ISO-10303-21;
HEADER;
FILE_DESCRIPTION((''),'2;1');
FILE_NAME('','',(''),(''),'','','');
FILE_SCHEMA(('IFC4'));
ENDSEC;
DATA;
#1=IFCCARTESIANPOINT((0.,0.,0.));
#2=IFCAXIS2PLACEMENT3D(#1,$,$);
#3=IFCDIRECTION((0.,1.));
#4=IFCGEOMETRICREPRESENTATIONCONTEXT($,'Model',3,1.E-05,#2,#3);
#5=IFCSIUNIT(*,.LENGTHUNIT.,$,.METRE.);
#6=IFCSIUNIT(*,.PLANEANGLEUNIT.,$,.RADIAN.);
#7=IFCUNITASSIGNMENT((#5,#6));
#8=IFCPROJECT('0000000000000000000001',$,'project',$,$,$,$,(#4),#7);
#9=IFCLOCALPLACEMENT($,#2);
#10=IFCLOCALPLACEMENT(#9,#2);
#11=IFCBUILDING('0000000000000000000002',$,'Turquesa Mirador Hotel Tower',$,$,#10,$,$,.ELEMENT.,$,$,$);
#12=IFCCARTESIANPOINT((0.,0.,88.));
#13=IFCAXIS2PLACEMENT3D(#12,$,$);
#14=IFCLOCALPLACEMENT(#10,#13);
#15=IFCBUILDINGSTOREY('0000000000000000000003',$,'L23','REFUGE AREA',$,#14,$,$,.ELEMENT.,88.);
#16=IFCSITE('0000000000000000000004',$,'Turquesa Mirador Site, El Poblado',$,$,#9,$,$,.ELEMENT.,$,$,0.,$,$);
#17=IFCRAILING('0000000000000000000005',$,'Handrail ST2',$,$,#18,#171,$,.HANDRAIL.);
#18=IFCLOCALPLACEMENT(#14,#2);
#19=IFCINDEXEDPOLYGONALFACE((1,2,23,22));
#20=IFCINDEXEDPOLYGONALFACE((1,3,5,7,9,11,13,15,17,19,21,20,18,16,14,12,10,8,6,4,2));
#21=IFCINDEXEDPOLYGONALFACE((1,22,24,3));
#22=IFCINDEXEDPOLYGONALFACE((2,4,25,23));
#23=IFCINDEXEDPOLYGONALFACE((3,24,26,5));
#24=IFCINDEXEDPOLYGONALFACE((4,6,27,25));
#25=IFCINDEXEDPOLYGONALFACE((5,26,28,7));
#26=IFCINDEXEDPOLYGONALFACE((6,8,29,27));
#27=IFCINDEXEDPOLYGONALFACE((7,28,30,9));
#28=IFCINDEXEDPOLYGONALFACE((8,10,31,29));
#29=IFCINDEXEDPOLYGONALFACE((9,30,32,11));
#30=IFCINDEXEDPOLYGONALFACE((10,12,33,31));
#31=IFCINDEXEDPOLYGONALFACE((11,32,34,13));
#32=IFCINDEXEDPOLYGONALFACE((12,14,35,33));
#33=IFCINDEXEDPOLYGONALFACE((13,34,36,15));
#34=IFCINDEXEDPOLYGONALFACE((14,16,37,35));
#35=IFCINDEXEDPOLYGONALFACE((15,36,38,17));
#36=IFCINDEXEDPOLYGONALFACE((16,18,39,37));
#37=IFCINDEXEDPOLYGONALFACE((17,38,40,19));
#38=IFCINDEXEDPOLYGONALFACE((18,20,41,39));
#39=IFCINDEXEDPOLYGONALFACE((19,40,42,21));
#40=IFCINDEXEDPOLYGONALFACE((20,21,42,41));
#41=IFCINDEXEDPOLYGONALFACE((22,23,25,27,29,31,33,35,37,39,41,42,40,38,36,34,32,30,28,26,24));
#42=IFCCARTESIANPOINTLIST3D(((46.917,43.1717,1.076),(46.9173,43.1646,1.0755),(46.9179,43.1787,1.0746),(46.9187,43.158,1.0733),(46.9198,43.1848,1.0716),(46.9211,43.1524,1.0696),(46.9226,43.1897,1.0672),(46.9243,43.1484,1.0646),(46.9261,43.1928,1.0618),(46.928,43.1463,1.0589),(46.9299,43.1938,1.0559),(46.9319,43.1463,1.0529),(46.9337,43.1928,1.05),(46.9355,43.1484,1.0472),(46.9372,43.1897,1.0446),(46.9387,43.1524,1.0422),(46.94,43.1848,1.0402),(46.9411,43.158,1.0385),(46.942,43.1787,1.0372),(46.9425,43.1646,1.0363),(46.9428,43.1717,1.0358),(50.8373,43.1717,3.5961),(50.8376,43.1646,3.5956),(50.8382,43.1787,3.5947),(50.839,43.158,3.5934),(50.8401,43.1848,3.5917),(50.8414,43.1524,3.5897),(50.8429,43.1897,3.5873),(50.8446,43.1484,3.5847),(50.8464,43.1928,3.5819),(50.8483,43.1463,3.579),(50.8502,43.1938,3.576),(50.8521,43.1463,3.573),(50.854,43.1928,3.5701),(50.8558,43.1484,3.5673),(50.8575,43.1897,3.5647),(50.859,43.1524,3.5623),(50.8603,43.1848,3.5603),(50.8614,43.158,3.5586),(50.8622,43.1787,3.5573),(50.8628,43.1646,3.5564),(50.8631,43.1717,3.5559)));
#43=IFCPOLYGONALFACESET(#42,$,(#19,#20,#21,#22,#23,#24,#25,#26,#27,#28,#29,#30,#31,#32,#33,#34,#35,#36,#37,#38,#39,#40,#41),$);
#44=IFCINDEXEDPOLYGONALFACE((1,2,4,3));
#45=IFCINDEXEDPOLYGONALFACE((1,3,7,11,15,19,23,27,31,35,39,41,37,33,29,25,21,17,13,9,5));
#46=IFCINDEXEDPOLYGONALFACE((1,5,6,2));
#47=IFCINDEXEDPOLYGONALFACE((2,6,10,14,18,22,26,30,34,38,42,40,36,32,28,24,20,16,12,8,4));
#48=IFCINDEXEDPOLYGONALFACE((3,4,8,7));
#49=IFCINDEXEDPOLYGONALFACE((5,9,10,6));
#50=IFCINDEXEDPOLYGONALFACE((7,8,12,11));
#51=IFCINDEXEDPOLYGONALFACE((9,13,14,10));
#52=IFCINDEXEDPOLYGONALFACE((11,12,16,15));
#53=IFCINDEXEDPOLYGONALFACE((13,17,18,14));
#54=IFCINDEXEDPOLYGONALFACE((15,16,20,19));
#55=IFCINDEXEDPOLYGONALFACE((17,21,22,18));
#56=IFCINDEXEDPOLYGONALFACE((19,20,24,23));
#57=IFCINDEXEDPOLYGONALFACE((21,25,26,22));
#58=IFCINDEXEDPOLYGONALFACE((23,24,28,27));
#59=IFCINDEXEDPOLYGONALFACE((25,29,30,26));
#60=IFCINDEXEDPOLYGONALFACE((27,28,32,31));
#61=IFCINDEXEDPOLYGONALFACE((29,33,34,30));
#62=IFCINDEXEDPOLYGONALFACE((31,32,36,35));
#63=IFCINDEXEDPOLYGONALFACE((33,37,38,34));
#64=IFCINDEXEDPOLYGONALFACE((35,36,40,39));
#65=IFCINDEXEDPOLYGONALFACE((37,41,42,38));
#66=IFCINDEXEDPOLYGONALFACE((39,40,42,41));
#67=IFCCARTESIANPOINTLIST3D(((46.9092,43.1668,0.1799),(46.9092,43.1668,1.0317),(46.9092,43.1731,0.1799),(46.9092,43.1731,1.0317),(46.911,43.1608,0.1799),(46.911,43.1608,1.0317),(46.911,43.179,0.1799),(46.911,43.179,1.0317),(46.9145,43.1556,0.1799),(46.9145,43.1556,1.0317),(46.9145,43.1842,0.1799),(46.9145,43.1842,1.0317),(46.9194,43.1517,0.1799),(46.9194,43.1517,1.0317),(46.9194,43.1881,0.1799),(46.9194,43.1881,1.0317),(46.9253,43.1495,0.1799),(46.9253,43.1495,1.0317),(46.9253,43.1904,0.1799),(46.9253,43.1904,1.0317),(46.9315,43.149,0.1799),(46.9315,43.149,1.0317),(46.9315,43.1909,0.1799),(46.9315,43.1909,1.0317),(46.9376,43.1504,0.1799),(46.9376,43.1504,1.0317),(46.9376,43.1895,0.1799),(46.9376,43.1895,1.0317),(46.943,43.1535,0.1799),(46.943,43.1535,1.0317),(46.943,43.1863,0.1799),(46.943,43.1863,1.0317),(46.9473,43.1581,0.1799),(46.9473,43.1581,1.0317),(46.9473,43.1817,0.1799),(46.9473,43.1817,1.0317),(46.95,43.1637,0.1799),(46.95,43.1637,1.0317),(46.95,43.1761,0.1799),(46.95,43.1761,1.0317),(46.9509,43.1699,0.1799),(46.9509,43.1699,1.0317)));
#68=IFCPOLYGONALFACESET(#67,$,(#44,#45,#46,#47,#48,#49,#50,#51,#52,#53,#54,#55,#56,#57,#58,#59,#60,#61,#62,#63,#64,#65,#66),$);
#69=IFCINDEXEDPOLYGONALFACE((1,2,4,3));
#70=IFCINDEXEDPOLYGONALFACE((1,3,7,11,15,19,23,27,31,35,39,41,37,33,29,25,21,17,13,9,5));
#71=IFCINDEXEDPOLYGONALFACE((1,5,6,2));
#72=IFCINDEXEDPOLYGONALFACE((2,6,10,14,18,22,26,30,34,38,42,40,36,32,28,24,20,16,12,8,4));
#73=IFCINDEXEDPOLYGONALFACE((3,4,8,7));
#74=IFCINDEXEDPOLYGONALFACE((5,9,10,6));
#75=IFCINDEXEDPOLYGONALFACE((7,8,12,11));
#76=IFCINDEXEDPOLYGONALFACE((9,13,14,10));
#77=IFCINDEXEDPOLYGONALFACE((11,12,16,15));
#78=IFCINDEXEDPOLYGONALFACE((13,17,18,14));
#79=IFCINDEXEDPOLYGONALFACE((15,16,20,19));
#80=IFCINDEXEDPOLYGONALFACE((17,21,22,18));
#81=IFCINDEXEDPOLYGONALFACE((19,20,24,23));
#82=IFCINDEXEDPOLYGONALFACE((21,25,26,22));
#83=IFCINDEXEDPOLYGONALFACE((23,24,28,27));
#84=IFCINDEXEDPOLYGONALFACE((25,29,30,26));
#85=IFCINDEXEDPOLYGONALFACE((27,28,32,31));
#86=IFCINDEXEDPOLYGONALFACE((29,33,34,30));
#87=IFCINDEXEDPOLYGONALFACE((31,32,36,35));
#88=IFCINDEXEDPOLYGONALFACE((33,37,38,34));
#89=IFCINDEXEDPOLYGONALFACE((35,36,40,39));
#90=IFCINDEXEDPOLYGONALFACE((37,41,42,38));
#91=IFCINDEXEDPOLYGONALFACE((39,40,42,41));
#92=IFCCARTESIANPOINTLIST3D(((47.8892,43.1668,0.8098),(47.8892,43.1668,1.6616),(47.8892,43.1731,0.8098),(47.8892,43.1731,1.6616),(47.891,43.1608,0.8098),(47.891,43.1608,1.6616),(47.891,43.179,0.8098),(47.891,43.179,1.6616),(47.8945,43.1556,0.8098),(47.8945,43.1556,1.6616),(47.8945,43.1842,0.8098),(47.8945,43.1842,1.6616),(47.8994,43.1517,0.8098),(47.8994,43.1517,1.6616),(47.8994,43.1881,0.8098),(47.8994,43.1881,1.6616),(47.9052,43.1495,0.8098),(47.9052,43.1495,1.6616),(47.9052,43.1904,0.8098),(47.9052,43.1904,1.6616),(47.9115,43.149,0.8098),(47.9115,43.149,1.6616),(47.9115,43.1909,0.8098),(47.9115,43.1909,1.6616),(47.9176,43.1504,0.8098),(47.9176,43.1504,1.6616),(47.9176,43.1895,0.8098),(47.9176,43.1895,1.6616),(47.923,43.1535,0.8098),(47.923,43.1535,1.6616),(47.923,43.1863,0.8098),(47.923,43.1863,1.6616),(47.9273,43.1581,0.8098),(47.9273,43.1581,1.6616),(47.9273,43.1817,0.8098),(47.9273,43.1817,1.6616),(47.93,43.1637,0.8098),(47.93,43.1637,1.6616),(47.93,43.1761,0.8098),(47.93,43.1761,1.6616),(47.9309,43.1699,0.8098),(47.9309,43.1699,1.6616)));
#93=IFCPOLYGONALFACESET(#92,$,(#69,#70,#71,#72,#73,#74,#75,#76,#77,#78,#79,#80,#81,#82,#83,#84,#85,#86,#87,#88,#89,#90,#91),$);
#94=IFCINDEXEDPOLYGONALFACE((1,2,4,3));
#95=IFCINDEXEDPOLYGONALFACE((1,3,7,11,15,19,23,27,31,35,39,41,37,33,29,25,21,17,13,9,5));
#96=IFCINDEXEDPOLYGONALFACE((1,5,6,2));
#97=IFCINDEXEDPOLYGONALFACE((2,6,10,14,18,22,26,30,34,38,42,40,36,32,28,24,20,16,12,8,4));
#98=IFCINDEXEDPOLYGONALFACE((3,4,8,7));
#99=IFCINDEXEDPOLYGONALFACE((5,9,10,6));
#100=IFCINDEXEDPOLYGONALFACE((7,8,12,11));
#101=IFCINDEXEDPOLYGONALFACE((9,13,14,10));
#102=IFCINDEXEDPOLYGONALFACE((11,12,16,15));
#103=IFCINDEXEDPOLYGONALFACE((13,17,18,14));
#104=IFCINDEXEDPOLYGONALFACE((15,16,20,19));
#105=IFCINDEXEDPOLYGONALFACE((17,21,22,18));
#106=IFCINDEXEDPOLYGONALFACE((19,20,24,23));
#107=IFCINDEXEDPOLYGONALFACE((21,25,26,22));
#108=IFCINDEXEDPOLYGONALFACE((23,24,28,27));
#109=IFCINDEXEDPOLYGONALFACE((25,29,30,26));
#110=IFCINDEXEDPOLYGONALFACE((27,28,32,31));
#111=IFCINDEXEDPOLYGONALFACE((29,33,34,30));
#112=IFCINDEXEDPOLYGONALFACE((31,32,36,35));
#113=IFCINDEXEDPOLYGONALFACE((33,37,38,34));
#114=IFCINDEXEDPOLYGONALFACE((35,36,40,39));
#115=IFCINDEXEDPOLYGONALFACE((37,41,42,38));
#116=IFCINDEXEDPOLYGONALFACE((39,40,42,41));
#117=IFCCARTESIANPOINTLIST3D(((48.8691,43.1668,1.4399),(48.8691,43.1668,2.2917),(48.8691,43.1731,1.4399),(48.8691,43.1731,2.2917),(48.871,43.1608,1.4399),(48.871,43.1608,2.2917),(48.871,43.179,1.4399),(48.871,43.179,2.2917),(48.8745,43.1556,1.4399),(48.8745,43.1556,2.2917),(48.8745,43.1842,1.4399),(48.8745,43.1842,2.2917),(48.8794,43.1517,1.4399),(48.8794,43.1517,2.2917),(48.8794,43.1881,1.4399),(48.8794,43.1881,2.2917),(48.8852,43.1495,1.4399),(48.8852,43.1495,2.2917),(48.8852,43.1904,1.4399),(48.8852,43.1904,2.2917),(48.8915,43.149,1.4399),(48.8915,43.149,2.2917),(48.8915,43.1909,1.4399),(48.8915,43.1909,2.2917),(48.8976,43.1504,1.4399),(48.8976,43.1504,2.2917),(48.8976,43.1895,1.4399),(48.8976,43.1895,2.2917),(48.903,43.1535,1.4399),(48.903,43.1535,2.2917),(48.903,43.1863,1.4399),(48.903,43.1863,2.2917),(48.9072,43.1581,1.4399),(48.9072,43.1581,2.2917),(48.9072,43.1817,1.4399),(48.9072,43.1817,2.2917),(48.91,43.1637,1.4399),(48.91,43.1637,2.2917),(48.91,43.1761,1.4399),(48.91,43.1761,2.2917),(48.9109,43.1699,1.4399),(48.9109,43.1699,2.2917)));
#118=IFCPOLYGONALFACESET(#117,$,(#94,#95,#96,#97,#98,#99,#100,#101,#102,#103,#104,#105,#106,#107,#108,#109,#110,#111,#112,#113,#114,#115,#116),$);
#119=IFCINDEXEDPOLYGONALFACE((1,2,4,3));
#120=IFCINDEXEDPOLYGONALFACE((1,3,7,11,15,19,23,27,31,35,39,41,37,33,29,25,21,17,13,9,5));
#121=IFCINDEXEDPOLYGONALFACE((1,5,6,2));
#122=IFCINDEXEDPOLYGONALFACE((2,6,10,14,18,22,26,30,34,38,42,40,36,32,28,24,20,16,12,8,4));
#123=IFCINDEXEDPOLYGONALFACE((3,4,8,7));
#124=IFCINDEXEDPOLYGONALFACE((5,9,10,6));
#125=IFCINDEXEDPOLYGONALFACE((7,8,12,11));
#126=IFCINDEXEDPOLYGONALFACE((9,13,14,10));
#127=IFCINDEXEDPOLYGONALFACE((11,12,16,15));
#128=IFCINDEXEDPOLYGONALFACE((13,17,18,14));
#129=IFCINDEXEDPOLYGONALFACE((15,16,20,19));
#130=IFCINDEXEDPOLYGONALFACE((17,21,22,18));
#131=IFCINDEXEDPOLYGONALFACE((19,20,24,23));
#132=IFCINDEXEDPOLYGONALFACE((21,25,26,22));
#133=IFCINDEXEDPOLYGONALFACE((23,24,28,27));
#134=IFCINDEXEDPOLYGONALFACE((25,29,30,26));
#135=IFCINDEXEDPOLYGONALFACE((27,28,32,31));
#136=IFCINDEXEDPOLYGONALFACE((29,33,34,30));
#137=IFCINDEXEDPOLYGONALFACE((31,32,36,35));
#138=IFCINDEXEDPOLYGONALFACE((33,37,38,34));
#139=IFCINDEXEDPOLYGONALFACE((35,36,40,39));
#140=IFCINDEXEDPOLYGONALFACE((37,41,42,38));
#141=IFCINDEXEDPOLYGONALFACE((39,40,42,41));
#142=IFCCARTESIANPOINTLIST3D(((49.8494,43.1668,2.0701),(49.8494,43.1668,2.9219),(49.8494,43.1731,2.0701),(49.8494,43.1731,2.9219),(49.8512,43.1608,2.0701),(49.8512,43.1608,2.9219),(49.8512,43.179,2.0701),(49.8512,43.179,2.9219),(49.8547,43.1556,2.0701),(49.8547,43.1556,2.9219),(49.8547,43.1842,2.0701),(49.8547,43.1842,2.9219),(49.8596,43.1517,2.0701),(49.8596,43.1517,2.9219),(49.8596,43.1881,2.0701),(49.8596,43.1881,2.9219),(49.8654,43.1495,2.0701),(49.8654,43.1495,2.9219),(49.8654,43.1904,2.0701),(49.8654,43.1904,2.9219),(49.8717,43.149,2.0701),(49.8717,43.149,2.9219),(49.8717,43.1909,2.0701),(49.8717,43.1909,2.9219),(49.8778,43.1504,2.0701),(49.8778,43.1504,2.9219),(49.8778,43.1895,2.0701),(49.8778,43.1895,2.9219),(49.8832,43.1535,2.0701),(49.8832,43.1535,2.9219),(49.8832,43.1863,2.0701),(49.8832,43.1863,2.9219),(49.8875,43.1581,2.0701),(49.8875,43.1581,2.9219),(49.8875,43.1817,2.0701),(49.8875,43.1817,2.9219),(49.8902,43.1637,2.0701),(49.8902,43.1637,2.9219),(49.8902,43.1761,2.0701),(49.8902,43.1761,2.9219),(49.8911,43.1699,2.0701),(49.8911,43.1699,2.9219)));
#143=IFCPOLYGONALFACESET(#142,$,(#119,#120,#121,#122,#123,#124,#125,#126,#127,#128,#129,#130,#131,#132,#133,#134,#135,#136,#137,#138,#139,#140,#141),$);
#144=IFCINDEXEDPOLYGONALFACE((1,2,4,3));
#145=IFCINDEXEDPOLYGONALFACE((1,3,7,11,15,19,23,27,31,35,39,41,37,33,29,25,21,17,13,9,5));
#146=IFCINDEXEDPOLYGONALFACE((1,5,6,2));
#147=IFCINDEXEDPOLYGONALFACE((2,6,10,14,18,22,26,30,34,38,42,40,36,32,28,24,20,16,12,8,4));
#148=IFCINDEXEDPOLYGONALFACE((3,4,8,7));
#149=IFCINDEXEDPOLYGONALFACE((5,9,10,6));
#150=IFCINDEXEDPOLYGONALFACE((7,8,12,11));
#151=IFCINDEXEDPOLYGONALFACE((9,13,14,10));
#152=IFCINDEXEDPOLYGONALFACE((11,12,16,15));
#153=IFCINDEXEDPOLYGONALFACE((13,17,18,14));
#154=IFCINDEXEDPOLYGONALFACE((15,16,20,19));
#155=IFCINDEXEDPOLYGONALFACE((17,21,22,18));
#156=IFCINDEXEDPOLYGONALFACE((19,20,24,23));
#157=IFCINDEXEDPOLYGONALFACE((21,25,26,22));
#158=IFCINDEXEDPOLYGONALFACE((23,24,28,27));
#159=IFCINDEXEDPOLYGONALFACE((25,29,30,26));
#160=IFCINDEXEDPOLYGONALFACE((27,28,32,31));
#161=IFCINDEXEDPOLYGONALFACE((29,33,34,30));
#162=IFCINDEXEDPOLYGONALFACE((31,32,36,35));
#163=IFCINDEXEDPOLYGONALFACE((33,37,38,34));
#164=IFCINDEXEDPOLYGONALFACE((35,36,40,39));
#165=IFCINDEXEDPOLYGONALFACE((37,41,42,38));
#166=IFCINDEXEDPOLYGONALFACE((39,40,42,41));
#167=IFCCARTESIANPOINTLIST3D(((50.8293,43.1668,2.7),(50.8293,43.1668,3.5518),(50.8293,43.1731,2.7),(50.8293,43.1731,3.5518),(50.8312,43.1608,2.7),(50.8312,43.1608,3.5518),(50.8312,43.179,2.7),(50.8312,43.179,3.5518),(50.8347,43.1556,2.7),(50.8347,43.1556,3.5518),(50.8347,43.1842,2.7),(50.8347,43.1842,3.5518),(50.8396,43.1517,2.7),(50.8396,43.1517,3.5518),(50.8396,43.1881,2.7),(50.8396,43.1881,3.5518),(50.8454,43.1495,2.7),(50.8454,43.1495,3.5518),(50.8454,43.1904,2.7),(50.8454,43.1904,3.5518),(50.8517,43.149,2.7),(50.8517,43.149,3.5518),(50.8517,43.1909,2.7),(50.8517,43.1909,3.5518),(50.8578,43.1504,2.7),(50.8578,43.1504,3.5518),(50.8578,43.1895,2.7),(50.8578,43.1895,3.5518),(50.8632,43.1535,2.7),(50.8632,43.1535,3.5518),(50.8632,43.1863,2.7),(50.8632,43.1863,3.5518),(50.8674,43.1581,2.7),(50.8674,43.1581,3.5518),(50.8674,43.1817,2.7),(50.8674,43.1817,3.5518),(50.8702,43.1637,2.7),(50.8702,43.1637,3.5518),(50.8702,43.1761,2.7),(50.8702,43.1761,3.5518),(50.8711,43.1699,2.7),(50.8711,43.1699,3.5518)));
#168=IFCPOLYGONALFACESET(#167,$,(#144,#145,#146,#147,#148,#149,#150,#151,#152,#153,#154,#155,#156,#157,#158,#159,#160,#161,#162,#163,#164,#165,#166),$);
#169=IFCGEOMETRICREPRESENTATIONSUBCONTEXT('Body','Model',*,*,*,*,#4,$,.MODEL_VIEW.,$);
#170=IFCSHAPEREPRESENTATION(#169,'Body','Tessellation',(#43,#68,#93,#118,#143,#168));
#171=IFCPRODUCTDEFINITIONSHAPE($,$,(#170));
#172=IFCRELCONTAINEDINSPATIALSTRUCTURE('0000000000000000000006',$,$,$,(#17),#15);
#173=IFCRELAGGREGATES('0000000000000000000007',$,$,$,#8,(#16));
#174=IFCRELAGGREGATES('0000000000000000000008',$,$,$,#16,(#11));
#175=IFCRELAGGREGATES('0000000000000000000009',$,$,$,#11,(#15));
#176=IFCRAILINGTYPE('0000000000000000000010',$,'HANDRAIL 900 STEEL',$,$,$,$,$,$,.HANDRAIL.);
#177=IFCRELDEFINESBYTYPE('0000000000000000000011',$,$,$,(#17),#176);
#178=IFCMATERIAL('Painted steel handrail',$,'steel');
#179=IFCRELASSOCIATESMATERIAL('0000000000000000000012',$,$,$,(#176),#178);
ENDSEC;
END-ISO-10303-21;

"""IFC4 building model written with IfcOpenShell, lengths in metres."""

from ifc_helpers import new_model, si_unit, direction, frame, origin, origin_2d, place, context, subcontext, project, spatial, circle, extrude, material, type_object, element, save


model = new_model("IFC4")

# Units and contexts
model_context = context("Model", 3, precision=1e-05, world=origin(), true_north=direction((0.0, 1.0)))
body_context = subcontext(model_context, "Body", "Model", "MODEL_VIEW")
ifc_project = project(units=[si_unit("LENGTHUNIT", "METRE"), si_unit("PLANEANGLEUNIT", "RADIAN")], contexts=[model_context])

# Site, building, storey
site_placement = place(None, origin())
site = spatial("IfcSite", under=ifc_project, at=site_placement, Name="Turquesa Mirador Site, El Poblado", CompositionType="ELEMENT", RefElevation=0.0)
building_placement = place(site_placement, origin())
building = spatial("IfcBuilding", under=site, at=building_placement, Name="Turquesa Mirador Hotel Tower", CompositionType="ELEMENT")
storey_placement = place(building_placement, frame((0.0, 0.0, 88.0)))
storey = spatial("IfcBuildingStorey", under=building, at=storey_placement, Name="L23", Description="REFUGE AREA", CompositionType="ELEMENT", Elevation=88.0)

# Railing
ifc_material_1 = material(Name="Painted steel handrail", Category="steel")
railing_type = type_object("IfcRailingType", Name="HANDRAIL 900 STEEL", PredefinedType="HANDRAIL", material=ifc_material_1)
for number, where, name in (
    (1, (46.9299, 43.1699, 0.1799), "Handrail ST2"),
):
    element("IfcRailing", number, at=place(storey_placement, frame(where)), inside=storey, type_object=railing_type, Name=name, PredefinedType="HANDRAIL", context=body_context, shape_type="SweptSolid", body=[
        extrude(circle(Radius=0.0239, at=origin_2d()), frame((0.0, 0.0, 0.876), z_axis=(0.841187, 0.0, 0.540744), x_axis=(0.0, 1.0, 0.0)), (0.0, 0.0, 1.0), 4.6604),
        extrude(circle(Radius=0.021, at=origin_2d()), origin(), (0.0, 0.0, 1.0), 0.8518),
        extrude(circle(Radius=0.021, at=origin_2d()), frame((0.98, 0.0, 0.6299)), (0.0, 0.0, 1.0), 0.8518),
        extrude(circle(Radius=0.021, at=origin_2d()), frame((1.96, 0.0, 1.26)), (0.0, 0.0, 1.0), 0.8518),
        extrude(circle(Radius=0.021, at=origin_2d()), frame((2.9402, 0.0, 1.8901)), (0.0, 0.0, 1.0), 0.8518),
        extrude(circle(Radius=0.021, at=origin_2d()), frame((3.9202, 0.0, 2.52)), (0.0, 0.0, 1.0), 0.8518),
    ])

save(model, "model.ifc")
